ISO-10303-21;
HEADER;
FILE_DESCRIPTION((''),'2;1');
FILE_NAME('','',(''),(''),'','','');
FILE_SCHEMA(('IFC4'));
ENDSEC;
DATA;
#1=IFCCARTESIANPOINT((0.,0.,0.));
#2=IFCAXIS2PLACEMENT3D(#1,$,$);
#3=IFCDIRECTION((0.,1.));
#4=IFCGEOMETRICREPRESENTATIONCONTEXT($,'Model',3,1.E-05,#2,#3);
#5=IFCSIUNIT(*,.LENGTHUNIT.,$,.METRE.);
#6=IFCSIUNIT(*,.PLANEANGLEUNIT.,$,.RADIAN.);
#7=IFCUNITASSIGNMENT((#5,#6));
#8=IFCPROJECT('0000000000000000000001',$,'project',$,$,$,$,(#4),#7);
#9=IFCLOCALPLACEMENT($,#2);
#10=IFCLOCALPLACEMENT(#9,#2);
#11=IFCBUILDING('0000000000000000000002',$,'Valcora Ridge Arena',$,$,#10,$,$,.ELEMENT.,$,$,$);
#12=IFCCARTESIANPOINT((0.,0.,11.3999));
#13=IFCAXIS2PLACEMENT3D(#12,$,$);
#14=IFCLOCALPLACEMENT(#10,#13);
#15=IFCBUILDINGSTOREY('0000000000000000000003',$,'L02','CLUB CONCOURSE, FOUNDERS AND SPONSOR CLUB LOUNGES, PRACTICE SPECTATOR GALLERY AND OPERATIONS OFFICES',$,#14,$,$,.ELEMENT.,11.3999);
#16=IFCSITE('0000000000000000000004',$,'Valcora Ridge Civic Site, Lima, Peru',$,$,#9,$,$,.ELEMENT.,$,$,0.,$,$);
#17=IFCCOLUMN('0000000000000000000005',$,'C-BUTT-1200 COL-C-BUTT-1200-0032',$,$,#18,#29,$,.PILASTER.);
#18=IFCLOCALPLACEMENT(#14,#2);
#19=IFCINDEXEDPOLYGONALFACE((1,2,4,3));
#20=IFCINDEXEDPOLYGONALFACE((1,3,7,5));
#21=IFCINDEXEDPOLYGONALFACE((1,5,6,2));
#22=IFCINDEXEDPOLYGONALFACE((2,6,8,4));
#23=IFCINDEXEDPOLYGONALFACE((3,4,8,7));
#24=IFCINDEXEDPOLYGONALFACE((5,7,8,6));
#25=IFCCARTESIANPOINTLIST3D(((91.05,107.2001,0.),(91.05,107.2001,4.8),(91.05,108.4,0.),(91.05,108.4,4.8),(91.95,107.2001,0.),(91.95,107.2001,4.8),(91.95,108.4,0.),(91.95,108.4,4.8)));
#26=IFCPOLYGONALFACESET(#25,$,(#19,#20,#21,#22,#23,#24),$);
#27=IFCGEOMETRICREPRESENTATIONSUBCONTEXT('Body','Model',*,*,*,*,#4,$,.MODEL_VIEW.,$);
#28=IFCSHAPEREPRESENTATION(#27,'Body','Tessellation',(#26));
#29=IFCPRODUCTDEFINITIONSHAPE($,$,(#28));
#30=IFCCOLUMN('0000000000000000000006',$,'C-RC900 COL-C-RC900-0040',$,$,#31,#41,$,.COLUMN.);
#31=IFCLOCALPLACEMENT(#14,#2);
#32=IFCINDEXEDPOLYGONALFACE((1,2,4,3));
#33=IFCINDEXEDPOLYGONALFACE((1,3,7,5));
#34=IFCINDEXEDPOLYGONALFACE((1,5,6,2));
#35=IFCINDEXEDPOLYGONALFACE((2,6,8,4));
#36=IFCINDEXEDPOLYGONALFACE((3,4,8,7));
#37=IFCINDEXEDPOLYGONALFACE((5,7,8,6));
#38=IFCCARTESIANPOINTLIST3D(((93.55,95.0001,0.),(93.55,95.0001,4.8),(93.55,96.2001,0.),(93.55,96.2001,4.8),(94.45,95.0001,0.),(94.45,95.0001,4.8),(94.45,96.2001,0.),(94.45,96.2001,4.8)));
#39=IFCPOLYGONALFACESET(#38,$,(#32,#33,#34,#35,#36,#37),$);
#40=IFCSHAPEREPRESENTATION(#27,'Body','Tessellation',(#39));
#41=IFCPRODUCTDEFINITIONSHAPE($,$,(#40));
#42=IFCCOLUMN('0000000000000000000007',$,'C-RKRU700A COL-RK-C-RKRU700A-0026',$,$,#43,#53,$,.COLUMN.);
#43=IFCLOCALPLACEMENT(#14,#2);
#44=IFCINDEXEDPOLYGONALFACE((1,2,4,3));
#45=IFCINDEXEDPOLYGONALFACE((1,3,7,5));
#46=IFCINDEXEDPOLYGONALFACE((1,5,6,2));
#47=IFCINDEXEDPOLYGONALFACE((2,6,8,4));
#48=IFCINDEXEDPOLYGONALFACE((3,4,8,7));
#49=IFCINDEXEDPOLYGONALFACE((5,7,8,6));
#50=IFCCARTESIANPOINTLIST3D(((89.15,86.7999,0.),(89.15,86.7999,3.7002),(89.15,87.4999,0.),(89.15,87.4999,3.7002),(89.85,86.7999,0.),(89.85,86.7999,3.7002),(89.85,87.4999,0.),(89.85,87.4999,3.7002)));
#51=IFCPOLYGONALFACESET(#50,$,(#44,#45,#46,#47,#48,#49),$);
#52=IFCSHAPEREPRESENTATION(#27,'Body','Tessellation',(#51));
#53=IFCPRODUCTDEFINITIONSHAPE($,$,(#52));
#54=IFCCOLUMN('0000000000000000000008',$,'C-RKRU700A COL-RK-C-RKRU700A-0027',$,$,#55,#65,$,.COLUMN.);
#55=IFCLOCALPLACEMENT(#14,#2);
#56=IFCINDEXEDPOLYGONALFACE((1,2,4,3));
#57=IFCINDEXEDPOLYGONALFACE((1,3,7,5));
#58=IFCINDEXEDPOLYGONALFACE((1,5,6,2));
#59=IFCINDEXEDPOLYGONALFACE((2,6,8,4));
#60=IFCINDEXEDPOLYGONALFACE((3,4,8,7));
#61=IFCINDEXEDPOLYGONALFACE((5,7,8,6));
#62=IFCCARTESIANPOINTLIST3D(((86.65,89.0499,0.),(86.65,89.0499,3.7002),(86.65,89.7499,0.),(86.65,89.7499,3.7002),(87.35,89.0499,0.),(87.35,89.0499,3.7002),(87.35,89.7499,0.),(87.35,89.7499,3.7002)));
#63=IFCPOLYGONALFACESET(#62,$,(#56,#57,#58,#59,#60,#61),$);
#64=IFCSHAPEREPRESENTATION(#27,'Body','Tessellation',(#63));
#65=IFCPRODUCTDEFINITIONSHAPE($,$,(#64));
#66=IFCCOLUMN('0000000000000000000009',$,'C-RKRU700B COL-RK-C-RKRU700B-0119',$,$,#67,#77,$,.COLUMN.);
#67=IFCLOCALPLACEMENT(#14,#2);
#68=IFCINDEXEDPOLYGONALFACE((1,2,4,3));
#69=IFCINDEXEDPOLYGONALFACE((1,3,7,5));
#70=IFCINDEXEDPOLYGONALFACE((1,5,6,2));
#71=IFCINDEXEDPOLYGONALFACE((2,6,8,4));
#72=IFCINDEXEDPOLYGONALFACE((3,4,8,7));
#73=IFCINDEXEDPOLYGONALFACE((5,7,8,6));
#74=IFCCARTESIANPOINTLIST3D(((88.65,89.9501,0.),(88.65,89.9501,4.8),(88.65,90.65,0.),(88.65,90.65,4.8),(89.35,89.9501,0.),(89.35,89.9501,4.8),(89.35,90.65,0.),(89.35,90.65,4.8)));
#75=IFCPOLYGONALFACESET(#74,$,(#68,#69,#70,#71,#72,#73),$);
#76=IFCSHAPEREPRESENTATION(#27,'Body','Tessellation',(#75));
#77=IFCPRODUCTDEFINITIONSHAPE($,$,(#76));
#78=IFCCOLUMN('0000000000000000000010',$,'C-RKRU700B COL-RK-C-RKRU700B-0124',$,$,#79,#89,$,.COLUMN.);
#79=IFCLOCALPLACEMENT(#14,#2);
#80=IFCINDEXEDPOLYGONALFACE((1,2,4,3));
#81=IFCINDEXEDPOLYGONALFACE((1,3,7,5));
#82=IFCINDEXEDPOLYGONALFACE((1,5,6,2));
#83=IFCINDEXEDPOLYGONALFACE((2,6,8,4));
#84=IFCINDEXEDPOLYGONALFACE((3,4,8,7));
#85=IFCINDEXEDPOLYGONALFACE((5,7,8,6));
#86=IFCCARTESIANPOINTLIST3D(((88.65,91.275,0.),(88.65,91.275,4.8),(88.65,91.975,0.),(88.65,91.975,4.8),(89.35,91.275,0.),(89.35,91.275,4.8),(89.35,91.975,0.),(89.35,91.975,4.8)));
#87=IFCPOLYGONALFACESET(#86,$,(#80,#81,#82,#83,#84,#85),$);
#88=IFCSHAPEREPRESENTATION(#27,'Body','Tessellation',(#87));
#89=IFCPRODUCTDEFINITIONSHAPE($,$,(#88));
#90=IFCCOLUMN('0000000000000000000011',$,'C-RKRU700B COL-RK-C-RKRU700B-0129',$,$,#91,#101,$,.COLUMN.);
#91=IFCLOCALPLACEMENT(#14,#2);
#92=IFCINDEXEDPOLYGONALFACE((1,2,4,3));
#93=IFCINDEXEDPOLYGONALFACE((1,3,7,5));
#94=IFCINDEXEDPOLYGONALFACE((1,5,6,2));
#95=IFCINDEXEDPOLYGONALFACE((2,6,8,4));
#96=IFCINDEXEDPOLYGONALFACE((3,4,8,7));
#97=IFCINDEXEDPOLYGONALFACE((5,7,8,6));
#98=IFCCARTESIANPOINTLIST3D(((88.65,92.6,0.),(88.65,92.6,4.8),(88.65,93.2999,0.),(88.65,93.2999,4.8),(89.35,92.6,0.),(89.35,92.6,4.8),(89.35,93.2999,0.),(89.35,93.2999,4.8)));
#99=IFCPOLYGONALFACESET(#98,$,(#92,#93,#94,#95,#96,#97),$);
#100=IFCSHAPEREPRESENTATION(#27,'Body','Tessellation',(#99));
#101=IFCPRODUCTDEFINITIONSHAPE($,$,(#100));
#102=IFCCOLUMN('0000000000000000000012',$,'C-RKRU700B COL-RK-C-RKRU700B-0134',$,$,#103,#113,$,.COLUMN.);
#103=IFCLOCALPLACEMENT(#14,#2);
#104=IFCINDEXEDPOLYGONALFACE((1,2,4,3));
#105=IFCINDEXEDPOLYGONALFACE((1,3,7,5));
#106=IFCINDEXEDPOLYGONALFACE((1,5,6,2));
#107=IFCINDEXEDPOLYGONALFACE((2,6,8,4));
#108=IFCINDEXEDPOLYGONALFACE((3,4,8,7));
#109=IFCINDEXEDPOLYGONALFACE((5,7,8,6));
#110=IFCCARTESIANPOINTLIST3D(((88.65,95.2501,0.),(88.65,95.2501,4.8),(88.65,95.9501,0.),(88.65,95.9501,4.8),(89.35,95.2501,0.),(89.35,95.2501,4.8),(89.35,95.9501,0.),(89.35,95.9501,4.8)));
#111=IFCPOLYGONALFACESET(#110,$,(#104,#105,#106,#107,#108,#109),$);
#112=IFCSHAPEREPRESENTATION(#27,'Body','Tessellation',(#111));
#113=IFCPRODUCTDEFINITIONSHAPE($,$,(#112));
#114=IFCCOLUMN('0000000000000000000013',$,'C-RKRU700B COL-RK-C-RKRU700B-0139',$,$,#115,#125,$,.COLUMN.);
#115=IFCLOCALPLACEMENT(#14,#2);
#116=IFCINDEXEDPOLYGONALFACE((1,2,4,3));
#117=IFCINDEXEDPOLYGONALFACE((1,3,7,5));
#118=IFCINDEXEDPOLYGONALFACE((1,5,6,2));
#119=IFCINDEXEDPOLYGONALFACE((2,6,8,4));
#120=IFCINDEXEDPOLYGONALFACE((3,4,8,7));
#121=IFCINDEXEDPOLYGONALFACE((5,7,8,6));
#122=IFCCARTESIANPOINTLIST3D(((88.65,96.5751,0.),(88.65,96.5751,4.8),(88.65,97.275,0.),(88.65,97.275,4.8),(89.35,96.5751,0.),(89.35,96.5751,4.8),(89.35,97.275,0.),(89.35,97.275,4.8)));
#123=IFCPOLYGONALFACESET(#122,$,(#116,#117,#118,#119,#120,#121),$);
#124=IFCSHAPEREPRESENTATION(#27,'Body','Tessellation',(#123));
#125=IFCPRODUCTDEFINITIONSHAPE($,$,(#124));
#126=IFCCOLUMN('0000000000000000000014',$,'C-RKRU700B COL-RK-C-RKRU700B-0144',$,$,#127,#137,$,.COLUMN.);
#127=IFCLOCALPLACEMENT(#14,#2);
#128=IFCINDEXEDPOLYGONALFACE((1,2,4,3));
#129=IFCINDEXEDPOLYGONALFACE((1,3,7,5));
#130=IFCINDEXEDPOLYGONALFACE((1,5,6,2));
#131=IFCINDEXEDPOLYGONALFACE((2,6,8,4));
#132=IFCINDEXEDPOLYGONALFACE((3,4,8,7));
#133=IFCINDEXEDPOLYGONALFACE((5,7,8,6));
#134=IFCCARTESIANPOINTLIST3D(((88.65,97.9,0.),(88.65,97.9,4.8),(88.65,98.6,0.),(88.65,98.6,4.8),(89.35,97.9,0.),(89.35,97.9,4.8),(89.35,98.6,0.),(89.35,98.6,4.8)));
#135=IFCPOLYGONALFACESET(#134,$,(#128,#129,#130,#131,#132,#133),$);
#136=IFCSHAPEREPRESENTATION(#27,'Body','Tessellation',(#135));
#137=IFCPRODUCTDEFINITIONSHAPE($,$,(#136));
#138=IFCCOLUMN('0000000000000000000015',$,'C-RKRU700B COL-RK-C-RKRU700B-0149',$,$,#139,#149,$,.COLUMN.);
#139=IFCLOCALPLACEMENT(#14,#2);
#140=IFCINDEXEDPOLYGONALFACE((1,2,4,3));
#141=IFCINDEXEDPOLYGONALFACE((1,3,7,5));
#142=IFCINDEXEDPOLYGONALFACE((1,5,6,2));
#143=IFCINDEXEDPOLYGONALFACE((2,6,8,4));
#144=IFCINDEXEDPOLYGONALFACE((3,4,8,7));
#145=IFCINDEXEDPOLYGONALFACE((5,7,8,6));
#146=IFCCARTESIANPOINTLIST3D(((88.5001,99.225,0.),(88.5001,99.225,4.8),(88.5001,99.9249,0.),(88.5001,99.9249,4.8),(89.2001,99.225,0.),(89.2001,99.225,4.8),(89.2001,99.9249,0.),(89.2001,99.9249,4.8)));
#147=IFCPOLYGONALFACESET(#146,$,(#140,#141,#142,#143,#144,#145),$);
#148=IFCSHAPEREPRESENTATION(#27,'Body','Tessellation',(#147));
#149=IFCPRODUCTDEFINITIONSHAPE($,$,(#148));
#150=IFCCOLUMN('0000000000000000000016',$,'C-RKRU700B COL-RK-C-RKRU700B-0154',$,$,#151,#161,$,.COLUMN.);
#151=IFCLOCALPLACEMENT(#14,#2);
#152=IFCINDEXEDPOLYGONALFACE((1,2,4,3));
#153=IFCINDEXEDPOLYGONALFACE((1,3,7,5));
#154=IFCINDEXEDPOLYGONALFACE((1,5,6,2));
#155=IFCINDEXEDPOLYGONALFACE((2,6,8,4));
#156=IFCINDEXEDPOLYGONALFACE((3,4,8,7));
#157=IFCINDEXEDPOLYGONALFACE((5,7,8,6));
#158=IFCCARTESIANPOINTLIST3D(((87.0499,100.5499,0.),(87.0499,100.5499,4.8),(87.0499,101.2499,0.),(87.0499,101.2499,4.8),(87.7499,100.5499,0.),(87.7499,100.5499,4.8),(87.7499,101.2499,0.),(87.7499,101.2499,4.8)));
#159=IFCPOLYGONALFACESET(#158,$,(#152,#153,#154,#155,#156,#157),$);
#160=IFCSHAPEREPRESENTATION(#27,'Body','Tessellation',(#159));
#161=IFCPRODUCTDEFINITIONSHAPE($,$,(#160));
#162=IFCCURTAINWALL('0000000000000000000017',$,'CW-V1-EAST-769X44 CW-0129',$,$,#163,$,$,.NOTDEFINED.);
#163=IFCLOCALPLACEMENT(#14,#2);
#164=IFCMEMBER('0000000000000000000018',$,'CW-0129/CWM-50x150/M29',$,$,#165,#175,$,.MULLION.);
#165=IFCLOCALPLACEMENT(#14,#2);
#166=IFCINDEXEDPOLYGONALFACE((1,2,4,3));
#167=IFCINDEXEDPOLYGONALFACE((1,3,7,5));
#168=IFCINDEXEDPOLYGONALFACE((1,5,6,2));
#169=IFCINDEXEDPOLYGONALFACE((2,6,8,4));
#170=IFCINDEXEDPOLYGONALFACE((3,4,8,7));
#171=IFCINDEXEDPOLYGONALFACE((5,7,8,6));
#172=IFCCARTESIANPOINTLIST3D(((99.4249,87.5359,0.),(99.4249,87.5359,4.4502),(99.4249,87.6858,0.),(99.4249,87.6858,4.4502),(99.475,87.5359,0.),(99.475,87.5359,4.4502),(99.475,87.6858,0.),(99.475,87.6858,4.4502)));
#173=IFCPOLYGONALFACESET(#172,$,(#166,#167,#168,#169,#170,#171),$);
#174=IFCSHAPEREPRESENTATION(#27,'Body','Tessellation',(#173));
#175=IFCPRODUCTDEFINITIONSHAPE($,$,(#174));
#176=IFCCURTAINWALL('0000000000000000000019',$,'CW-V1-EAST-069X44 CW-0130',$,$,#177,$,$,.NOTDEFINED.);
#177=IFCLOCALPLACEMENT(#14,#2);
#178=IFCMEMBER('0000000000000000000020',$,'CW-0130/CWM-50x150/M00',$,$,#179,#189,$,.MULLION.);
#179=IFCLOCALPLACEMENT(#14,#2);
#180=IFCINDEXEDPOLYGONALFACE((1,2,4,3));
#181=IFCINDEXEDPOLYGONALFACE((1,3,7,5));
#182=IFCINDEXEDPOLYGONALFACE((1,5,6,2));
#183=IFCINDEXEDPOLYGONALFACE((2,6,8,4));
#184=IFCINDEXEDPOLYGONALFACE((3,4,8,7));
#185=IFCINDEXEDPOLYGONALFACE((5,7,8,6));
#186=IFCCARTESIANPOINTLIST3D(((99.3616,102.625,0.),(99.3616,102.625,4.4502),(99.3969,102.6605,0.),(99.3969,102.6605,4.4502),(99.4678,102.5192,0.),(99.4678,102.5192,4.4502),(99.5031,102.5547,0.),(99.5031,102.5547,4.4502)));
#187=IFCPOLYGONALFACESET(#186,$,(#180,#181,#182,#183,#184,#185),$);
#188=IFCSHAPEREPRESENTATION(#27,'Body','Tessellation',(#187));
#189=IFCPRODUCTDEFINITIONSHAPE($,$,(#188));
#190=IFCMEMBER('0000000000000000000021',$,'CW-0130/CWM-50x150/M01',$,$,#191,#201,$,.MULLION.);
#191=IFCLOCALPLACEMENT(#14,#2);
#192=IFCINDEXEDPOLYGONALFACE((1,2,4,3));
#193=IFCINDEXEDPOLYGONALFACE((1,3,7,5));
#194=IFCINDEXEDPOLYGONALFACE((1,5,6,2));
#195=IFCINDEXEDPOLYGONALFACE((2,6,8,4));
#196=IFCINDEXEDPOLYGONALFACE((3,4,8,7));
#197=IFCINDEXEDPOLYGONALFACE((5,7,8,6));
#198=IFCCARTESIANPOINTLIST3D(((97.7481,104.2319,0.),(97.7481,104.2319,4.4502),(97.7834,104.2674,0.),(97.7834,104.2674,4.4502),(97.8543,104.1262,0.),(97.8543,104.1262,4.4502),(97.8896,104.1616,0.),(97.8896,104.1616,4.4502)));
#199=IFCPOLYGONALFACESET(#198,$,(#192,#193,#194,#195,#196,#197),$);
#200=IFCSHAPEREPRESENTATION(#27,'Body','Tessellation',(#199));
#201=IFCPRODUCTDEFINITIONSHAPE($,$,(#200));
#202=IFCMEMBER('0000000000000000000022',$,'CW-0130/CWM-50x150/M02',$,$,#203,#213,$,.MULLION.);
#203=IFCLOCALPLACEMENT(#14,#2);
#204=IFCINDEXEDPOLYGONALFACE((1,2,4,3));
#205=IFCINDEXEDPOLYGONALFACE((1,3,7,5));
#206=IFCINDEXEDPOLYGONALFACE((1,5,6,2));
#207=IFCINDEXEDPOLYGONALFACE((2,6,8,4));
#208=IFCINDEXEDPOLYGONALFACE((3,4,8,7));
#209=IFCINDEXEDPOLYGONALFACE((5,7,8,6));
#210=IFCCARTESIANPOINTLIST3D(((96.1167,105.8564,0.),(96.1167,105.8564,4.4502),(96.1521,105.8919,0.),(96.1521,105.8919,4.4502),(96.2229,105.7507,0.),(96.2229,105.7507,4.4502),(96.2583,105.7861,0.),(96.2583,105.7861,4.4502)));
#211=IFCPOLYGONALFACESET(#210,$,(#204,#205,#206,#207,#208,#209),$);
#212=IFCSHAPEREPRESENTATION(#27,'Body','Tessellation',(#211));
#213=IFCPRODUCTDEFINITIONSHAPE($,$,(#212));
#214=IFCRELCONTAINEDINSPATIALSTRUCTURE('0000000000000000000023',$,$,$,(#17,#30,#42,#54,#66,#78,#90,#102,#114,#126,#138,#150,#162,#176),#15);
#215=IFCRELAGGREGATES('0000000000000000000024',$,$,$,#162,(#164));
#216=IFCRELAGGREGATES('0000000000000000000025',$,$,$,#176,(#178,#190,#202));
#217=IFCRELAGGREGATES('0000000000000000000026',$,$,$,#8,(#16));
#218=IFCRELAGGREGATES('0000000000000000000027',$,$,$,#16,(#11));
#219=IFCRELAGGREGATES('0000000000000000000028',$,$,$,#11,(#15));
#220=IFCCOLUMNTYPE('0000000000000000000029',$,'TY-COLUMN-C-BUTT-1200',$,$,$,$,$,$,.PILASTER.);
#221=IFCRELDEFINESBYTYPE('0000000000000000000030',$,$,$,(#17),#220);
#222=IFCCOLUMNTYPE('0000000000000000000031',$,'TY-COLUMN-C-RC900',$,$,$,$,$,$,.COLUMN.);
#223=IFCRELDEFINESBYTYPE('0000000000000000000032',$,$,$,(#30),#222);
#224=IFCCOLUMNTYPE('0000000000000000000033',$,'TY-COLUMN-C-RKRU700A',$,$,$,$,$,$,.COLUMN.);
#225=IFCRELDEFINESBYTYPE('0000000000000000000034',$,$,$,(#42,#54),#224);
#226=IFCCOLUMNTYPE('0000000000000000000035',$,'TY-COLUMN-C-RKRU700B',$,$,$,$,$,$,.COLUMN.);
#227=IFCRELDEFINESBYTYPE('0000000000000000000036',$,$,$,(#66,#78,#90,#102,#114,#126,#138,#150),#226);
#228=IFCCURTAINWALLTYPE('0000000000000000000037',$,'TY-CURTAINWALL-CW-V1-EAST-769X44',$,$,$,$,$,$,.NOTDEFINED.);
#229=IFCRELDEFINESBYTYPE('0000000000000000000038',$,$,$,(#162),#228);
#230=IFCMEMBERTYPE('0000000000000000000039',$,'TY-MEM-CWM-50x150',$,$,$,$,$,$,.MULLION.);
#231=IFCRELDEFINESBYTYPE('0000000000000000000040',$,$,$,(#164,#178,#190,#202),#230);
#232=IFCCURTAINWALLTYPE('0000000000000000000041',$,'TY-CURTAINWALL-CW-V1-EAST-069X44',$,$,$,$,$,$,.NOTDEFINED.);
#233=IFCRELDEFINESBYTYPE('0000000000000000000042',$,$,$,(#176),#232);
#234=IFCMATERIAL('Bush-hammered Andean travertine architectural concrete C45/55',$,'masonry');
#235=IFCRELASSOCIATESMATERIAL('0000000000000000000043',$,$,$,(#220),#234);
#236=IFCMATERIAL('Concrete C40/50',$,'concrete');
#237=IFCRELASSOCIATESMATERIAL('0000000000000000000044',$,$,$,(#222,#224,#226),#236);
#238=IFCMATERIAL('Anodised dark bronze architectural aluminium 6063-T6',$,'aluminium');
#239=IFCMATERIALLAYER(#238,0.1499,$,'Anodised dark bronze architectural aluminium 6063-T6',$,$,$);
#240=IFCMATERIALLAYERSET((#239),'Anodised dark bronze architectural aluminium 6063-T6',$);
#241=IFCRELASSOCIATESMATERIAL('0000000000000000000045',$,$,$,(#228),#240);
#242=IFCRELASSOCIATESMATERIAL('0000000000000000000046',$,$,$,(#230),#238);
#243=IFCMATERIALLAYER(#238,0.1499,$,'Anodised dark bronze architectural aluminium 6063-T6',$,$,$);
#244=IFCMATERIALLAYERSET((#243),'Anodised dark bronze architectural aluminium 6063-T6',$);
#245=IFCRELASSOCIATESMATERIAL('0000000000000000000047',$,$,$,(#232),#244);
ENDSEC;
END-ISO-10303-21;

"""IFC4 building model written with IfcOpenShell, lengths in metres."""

from ifc_helpers import new_model, si_unit, direction, frame, origin, origin_2d, place, context, subcontext, project, spatial, rectangle, extrude, material, layer, layer_set, material_profile, profile_set, type_object, element, aggregate, save


model = new_model("IFC4")

# Units and contexts
model_context = context("Model", 3, precision=1e-05, world=origin(), true_north=direction((0.0, 1.0)))
body_context = subcontext(model_context, "Body", "Model", "MODEL_VIEW")
ifc_project = project(units=[si_unit("LENGTHUNIT", "METRE"), si_unit("PLANEANGLEUNIT", "RADIAN")], contexts=[model_context])

# Site, building, storey
site_placement = place(None, origin())
site = spatial("IfcSite", under=ifc_project, at=site_placement, Name="Valcora Ridge Civic Site, Lima, Peru", CompositionType="ELEMENT", RefElevation=0.0)
building_placement = place(site_placement, origin())
building = spatial("IfcBuilding", under=site, at=building_placement, Name="Valcora Ridge Arena", CompositionType="ELEMENT")
storey_placement = place(building_placement, frame((0.0, 0.0, 11.3999)))
storey = spatial("IfcBuildingStorey", under=building, at=storey_placement, Name="L02", Description="CLUB CONCOURSE, FOUNDERS AND SPONSOR CLUB LOUNGES, PRACTICE SPECTATOR GALLERY AND OPERATIONS OFFICES", CompositionType="ELEMENT", Elevation=11.3999)

# Columns
ifc_material_1 = material(Name="Bush-hammered Andean travertine architectural concrete C45/55", Category="masonry")
ifc_material_profile_1 = material_profile(ifc_material_1, rectangle(XDim=0.8999, YDim=1.2, at=origin_2d()), Name="RC 900x1200")
ifc_profile_set_1 = profile_set([ifc_material_profile_1], Name="Bush-hammered Andean travertine architectural concrete C45/55")
column_type_1 = type_object("IfcColumnType", Name="TY-COLUMN-C-BUTT-1200", PredefinedType="PILASTER", material=ifc_profile_set_1)
column_1_placement = place(storey_placement, frame((91.5, 107.8, 0.0), z_axis=(0.0, 0.0, 1.0), x_axis=(1.0, 0.0, 0.0)))
element("IfcColumn", 1, at=column_1_placement, inside=storey, type_object=column_type_1, Name="C-BUTT-1200 COL-C-BUTT-1200-0032", PredefinedType="PILASTER", context=body_context, shape_type="SweptSolid", body=[
    extrude(rectangle(XDim=0.8999, YDim=1.2, at=origin_2d()), origin(), (0.0, 0.0, 1.0), 4.8),
])
ifc_material_2 = material(Name="Concrete C40/50", Category="concrete")
ifc_material_profile_2 = material_profile(ifc_material_2, rectangle(XDim=0.8999, YDim=1.2, at=origin_2d()), Name="RC 900x1200")
ifc_profile_set_2 = profile_set([ifc_material_profile_2], Name="Concrete C40/50")
column_type_2 = type_object("IfcColumnType", Name="TY-COLUMN-C-RC900", PredefinedType="COLUMN", material=ifc_profile_set_2)
column_2_placement = place(storey_placement, frame((94.0, 95.6001, 0.0), z_axis=(0.0, 0.0, 1.0), x_axis=(1.0, 0.0, 0.0)))
element("IfcColumn", 2, at=column_2_placement, inside=storey, type_object=column_type_2, Name="C-RC900 COL-C-RC900-0040", PredefinedType="COLUMN", context=body_context, shape_type="SweptSolid", body=[
    extrude(rectangle(XDim=0.8999, YDim=1.2, at=origin_2d()), origin(), (0.0, 0.0, 1.0), 4.8),
])
ifc_material_profile_3 = material_profile(ifc_material_2, rectangle(XDim=0.7, YDim=0.7, at=origin_2d()), Name="RC 700x700")
ifc_profile_set_3 = profile_set([ifc_material_profile_3], Name="Concrete C40/50")
column_type_3 = type_object("IfcColumnType", Name="TY-COLUMN-C-RKRU700A", PredefinedType="COLUMN", material=ifc_profile_set_3)
for number, where, z_axis, x_axis, name in (
    (3, (89.5, 87.1499, 0.0), (0.0, 0.0, 1.0), (1.0, 0.0, 0.0), "C-RKRU700A COL-RK-C-RKRU700A-0026"),
    (4, (87.0, 89.3999, 0.0), (0.0, 0.0, 1.0), (1.0, 0.0, 0.0), "C-RKRU700A COL-RK-C-RKRU700A-0027"),
):
    element("IfcColumn", number, at=place(storey_placement, frame(where, z_axis=z_axis, x_axis=x_axis)), inside=storey, type_object=column_type_3, Name=name, PredefinedType="COLUMN", context=body_context, shape_type="SweptSolid", body=[
        extrude(rectangle(XDim=0.7, YDim=0.7, at=origin_2d()), origin(), (0.0, 0.0, 1.0), 3.7002),
    ])
ifc_material_profile_4 = material_profile(ifc_material_2, rectangle(XDim=0.7, YDim=0.7, at=origin_2d()), Name="RC 700x700")
ifc_profile_set_4 = profile_set([ifc_material_profile_4], Name="Concrete C40/50")
column_type_4 = type_object("IfcColumnType", Name="TY-COLUMN-C-RKRU700B", PredefinedType="COLUMN", material=ifc_profile_set_4)
for number, where, z_axis, x_axis, name in (
    (5, (89.0, 90.3, 0.0), (0.0, 0.0, 1.0), (1.0, 0.0, 0.0), "C-RKRU700B COL-RK-C-RKRU700B-0119"),
    (6, (89.0, 91.625, 0.0), (0.0, 0.0, 1.0), (1.0, 0.0, 0.0), "C-RKRU700B COL-RK-C-RKRU700B-0124"),
    (7, (89.0, 92.95, 0.0), (0.0, 0.0, 1.0), (1.0, 0.0, 0.0), "C-RKRU700B COL-RK-C-RKRU700B-0129"),
    (8, (89.0, 95.6001, 0.0), (0.0, 0.0, 1.0), (1.0, 0.0, 0.0), "C-RKRU700B COL-RK-C-RKRU700B-0134"),
    (9, (89.0, 96.925, 0.0), (0.0, 0.0, 1.0), (1.0, 0.0, 0.0), "C-RKRU700B COL-RK-C-RKRU700B-0139"),
    (10, (89.0, 98.25, 0.0), (0.0, 0.0, 1.0), (1.0, 0.0, 0.0), "C-RKRU700B COL-RK-C-RKRU700B-0144"),
    (11, (88.8501, 99.575, 0.0), (0.0, 0.0, 1.0), (1.0, 0.0, 0.0), "C-RKRU700B COL-RK-C-RKRU700B-0149"),
    (12, (87.3999, 100.8999, 0.0), (0.0, 0.0, 1.0), (1.0, 0.0, 0.0), "C-RKRU700B COL-RK-C-RKRU700B-0154"),
):
    element("IfcColumn", number, at=place(storey_placement, frame(where, z_axis=z_axis, x_axis=x_axis)), inside=storey, type_object=column_type_4, Name=name, PredefinedType="COLUMN", context=body_context, shape_type="SweptSolid", body=[
        extrude(rectangle(XDim=0.7, YDim=0.7, at=origin_2d()), origin(), (0.0, 0.0, 1.0), 4.8),
    ])

# Curtain wall, member
ifc_material_3 = material(Name="Anodised dark bronze architectural aluminium 6063-T6", Category="aluminium")
ifc_layer_1 = layer(ifc_material_3, 0.1499, Name="Anodised dark bronze architectural aluminium 6063-T6")
ifc_layer_set_1 = layer_set([ifc_layer_1], Name="Anodised dark bronze architectural aluminium 6063-T6")
curtain_wall_type_1 = type_object("IfcCurtainWallType", Name="TY-CURTAINWALL-CW-V1-EAST-769X44", PredefinedType="NOTDEFINED", material=ifc_layer_set_1)
curtain_wall_1_placement = place(storey_placement, origin())
curtain_wall_1 = element("IfcCurtainWall", 13, at=curtain_wall_1_placement, inside=storey, type_object=curtain_wall_type_1, Name="CW-V1-EAST-769X44 CW-0129", PredefinedType="NOTDEFINED")
ifc_material_profile_5 = material_profile(ifc_material_3, rectangle(XDim=0.05, YDim=0.1499, at=origin_2d()), Name="ALU MULLION 50x150")
ifc_profile_set_5 = profile_set([ifc_material_profile_5], Name="Anodised dark bronze architectural aluminium 6063-T6")
member_type_1 = type_object("IfcMemberType", Name="TY-MEM-CWM-50x150", PredefinedType="MULLION", material=ifc_profile_set_5)
member_1_placement = place(storey_placement, frame((99.45, 87.6108, 0.0), z_axis=(0.0, 0.0, 1.0), x_axis=(-1.0, 0.0, 0.0)))
member_1 = element("IfcMember", 14, at=member_1_placement, type_object=member_type_1, Name="CW-0129/CWM-50x150/M29", PredefinedType="MULLION", context=body_context, shape_type="SweptSolid", body=[
    extrude(rectangle(XDim=0.05, YDim=0.1499, at=origin_2d()), origin(), (0.0, 0.0, 1.0), 4.4502),
])

# Curtain wall, members
ifc_layer_2 = layer(ifc_material_3, 0.1499, Name="Anodised dark bronze architectural aluminium 6063-T6")
ifc_layer_set_2 = layer_set([ifc_layer_2], Name="Anodised dark bronze architectural aluminium 6063-T6")
curtain_wall_type_2 = type_object("IfcCurtainWallType", Name="TY-CURTAINWALL-CW-V1-EAST-069X44", PredefinedType="NOTDEFINED", material=ifc_layer_set_2)
curtain_wall_2_placement = place(storey_placement, origin())
curtain_wall_2 = element("IfcCurtainWall", 15, at=curtain_wall_2_placement, inside=storey, type_object=curtain_wall_type_2, Name="CW-V1-EAST-069X44 CW-0130", PredefinedType="NOTDEFINED")
member_2_placement = place(storey_placement, frame((99.4324, 102.5898, 0.0), z_axis=(0.0, 0.0, 1.0), x_axis=(-0.705658, -0.708553, 0.0)))
member_2 = element("IfcMember", 16, at=member_2_placement, type_object=member_type_1, Name="CW-0130/CWM-50x150/M00", PredefinedType="MULLION", context=body_context, shape_type="SweptSolid", body=[
    extrude(rectangle(XDim=0.05, YDim=0.1499, at=origin_2d()), origin(), (0.0, 0.0, 1.0), 4.4502),
])
member_3_placement = place(storey_placement, frame((97.8188, 104.1968, 0.0), z_axis=(0.0, 0.0, 1.0), x_axis=(-0.705658, -0.708553, 0.0)))
member_3 = element("IfcMember", 17, at=member_3_placement, type_object=member_type_1, Name="CW-0130/CWM-50x150/M01", PredefinedType="MULLION", context=body_context, shape_type="SweptSolid", body=[
    extrude(rectangle(XDim=0.05, YDim=0.1499, at=origin_2d()), origin(), (0.0, 0.0, 1.0), 4.4502),
])
member_4_placement = place(storey_placement, frame((96.1875, 105.8213, 0.0), z_axis=(0.0, 0.0, 1.0), x_axis=(-0.705658, -0.708553, 0.0)))
member_4 = element("IfcMember", 18, at=member_4_placement, type_object=member_type_1, Name="CW-0130/CWM-50x150/M02", PredefinedType="MULLION", context=body_context, shape_type="SweptSolid", body=[
    extrude(rectangle(XDim=0.05, YDim=0.1499, at=origin_2d()), origin(), (0.0, 0.0, 1.0), 4.4502),
])

aggregate(curtain_wall_1, [member_1])
aggregate(curtain_wall_2, [member_2, member_3, member_4])

save(model, "model.ifc")
